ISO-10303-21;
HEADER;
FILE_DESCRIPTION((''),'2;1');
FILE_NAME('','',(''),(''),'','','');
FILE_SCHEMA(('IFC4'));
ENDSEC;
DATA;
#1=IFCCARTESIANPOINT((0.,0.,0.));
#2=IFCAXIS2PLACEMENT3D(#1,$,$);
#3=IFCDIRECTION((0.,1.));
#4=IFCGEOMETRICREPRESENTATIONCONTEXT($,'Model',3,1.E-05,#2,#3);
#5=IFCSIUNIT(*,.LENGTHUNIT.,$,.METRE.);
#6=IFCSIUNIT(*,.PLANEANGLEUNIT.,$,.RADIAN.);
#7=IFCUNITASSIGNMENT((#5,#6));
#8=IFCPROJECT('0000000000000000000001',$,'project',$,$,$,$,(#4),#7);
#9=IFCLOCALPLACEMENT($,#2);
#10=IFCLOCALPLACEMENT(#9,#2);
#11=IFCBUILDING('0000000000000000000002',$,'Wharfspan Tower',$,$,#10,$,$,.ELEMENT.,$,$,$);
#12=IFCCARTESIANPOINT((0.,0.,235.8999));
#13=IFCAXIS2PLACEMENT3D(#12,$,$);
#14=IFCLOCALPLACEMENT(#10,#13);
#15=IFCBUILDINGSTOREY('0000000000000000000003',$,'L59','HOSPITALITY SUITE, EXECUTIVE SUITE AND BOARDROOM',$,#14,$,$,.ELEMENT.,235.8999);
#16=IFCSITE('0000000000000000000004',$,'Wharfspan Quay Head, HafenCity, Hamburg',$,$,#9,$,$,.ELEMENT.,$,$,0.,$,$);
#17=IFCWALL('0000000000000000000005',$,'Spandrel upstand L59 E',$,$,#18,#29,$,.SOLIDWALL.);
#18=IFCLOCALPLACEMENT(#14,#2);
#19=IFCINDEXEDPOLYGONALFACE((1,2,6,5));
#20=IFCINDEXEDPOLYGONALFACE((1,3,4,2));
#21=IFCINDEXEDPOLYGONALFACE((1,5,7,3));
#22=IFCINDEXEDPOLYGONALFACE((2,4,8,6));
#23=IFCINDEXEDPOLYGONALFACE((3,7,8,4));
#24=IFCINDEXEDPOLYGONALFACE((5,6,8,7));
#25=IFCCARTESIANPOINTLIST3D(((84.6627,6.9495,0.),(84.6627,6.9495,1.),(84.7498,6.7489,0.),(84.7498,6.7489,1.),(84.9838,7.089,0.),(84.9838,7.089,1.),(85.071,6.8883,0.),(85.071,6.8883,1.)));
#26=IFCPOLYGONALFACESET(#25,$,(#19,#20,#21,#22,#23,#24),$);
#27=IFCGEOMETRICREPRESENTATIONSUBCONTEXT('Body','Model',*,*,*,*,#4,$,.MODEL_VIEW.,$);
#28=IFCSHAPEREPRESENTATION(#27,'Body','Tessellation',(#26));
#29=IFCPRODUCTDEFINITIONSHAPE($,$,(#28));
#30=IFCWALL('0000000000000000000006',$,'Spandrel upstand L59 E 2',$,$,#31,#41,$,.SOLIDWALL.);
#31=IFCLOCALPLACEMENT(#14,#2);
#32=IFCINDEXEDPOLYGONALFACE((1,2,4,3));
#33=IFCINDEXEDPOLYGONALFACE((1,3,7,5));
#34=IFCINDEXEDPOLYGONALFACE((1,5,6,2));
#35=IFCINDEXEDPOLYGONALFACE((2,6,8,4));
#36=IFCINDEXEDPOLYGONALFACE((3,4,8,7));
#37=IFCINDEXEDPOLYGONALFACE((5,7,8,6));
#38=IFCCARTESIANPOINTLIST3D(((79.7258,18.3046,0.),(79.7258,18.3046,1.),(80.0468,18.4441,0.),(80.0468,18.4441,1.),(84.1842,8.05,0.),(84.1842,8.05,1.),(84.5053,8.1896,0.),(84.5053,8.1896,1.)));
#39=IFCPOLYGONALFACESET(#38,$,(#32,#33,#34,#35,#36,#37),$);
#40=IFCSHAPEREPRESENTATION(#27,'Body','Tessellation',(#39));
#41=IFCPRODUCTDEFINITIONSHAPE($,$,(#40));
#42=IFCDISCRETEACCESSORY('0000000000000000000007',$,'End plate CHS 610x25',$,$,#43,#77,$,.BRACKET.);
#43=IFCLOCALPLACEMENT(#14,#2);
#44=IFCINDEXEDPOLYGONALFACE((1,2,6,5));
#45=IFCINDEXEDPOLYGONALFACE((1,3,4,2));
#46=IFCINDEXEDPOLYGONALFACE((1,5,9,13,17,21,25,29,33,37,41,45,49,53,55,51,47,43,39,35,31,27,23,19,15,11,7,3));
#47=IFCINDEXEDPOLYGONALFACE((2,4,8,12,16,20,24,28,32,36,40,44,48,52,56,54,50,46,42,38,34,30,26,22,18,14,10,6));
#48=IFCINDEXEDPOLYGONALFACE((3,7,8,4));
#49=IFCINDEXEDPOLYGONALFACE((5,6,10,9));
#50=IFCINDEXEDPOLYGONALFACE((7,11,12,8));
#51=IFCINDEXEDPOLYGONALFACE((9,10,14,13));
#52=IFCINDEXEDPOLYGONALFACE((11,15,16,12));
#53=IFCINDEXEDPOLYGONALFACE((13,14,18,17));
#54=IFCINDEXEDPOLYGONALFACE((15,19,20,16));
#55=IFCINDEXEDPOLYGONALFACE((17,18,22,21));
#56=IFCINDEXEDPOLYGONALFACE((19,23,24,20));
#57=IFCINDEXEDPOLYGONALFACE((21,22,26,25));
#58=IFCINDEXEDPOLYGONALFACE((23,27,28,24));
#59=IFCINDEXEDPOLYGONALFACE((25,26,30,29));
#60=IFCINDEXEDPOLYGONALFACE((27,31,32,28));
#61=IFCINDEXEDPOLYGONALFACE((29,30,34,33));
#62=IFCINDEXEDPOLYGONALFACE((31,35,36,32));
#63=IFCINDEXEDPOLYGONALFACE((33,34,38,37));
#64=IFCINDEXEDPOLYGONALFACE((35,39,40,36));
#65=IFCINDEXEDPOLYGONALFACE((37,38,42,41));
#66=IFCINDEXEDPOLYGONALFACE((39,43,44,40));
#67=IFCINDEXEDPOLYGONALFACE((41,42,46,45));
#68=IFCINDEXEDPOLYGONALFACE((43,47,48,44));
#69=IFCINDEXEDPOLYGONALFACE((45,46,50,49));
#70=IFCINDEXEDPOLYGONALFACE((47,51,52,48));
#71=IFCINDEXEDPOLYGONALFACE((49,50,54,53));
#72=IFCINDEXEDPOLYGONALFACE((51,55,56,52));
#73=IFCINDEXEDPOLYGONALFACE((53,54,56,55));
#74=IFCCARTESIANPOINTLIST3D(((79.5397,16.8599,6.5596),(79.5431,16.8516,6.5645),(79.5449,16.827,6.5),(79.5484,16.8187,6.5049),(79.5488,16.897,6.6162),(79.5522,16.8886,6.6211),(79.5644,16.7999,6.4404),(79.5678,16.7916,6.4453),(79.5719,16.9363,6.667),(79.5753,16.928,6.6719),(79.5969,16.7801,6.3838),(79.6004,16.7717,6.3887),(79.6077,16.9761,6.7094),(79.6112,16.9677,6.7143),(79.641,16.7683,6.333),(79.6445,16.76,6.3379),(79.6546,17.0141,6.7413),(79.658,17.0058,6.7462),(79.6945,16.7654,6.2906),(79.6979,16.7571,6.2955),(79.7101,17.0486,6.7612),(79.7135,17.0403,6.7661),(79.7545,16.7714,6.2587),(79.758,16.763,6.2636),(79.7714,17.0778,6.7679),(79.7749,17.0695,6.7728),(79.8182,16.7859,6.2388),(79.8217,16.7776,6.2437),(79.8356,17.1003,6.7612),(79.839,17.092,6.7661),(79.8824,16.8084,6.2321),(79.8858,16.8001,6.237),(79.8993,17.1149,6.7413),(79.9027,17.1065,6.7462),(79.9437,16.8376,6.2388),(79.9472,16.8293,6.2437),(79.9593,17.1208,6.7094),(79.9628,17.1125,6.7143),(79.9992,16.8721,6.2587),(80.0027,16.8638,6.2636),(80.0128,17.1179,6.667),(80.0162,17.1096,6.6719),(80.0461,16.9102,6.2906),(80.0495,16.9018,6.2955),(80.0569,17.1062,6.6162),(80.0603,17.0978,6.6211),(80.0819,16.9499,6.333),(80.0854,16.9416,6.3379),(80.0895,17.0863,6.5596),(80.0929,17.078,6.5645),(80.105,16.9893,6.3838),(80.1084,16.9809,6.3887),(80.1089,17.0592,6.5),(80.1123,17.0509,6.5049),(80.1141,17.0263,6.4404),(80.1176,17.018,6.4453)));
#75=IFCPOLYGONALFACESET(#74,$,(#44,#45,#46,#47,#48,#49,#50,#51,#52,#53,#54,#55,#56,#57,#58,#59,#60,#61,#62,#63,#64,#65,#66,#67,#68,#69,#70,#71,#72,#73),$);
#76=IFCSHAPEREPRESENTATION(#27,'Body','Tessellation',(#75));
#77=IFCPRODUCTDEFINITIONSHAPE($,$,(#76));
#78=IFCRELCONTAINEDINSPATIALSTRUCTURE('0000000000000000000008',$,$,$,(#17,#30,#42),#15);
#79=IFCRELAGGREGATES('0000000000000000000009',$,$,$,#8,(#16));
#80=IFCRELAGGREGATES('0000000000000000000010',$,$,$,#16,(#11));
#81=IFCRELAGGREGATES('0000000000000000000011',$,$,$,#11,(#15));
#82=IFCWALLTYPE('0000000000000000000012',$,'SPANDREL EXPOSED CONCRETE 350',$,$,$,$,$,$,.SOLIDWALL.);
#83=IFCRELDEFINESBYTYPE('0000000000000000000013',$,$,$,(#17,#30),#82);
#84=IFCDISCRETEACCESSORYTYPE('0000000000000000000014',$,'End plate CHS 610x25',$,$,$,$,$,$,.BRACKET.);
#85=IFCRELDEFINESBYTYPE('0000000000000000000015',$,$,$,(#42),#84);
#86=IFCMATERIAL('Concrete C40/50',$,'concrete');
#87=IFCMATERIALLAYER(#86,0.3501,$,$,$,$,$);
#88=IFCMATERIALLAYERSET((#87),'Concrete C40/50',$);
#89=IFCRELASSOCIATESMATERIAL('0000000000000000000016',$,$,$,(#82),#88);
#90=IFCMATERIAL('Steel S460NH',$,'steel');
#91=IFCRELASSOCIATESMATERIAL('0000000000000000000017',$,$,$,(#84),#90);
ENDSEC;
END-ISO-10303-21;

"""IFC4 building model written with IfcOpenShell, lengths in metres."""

from ifc_helpers import new_model, si_unit, direction, frame, frame_2d, origin, origin_2d, place, context, subcontext, project, spatial, rectangle, circle, extrude, material, layer, layer_set, material_profile, profile_set, type_object, element, save


model = new_model("IFC4")

# Units and contexts
model_context = context("Model", 3, precision=1e-05, world=origin(), true_north=direction((0.0, 1.0)))
body_context = subcontext(model_context, "Body", "Model", "MODEL_VIEW")
ifc_project = project(units=[si_unit("LENGTHUNIT", "METRE"), si_unit("PLANEANGLEUNIT", "RADIAN")], contexts=[model_context])

# Site, building, storey
site_placement = place(None, origin())
site = spatial("IfcSite", under=ifc_project, at=site_placement, Name="Wharfspan Quay Head, HafenCity, Hamburg", CompositionType="ELEMENT", RefElevation=0.0)
building_placement = place(site_placement, origin())
building = spatial("IfcBuilding", under=site, at=building_placement, Name="Wharfspan Tower", CompositionType="ELEMENT")
storey_placement = place(building_placement, frame((0.0, 0.0, 235.8999)))
storey = spatial("IfcBuildingStorey", under=building, at=storey_placement, Name="L59", Description="HOSPITALITY SUITE, EXECUTIVE SUITE AND BOARDROOM", CompositionType="ELEMENT", Elevation=235.8999)

# Walls
ifc_material_1 = material(Name="Concrete C40/50", Category="concrete")
ifc_layer_1 = layer(ifc_material_1, 0.3501)
ifc_layer_set_1 = layer_set([ifc_layer_1], Name="Concrete C40/50")
wall_type_1 = type_object("IfcWallType", Name="SPANDREL EXPOSED CONCRETE 350", PredefinedType="SOLIDWALL", material=ifc_layer_set_1)
wall_1_placement = place(storey_placement, frame((84.9104, 6.8186, 0.0), z_axis=(0.0, 0.0, 1.0), x_axis=(-0.398359, 0.91723, 0.0)))
element("IfcWall", 1, at=wall_1_placement, inside=storey, type_object=wall_type_1, Name="Spandrel upstand L59 E", PredefinedType="SOLIDWALL", context=body_context, shape_type="SweptSolid", body=[
    extrude(rectangle(XDim=0.2188, YDim=0.3501, at=frame_2d((0.1094, 0.0))), origin(), (0.0, 0.0, 1.0), 1.0),
])
wall_2_placement = place(storey_placement, frame((84.3447, 8.1199, 0.0), z_axis=(0.0, 0.0, 1.0), x_axis=(-0.398721, 0.917067, 0.0)))
element("IfcWall", 2, at=wall_2_placement, inside=storey, type_object=wall_type_1, Name="Spandrel upstand L59 E 2", PredefinedType="SOLIDWALL", context=body_context, shape_type="SweptSolid", body=[
    extrude(rectangle(XDim=11.1819, YDim=0.3501, at=frame_2d((5.5908, 0.0))), origin(), (0.0, 0.0, 1.0), 1.0),
])

# Discrete accessory
ifc_material_2 = material(Name="Steel S460NH", Category="steel")
ifc_material_profile_1 = material_profile(ifc_material_2, circle(Radius=0.3049, at=origin_2d()))
ifc_profile_set_1 = profile_set([ifc_material_profile_1], Name="Steel S460NH")
discrete_accessory_type = type_object("IfcDiscreteAccessoryType", Name="End plate CHS 610x25", PredefinedType="BRACKET", material=ifc_profile_set_1)
discrete_accessory_placement = place(storey_placement, frame((79.8269, 16.9431, 6.5), z_axis=(0.334473, -0.812291, 0.477818), x_axis=(0.924674, 0.380749, 0.000001)))
element("IfcDiscreteAccessory", 3, at=discrete_accessory_placement, inside=storey, type_object=discrete_accessory_type, Name="End plate CHS 610x25", PredefinedType="BRACKET", context=body_context, shape_type="SweptSolid", body=[
    extrude(circle(Radius=0.3049, at=origin_2d()), origin(), (0.0, 0.0, 1.0), 0.0103),
])

save(model, "model.ifc")
